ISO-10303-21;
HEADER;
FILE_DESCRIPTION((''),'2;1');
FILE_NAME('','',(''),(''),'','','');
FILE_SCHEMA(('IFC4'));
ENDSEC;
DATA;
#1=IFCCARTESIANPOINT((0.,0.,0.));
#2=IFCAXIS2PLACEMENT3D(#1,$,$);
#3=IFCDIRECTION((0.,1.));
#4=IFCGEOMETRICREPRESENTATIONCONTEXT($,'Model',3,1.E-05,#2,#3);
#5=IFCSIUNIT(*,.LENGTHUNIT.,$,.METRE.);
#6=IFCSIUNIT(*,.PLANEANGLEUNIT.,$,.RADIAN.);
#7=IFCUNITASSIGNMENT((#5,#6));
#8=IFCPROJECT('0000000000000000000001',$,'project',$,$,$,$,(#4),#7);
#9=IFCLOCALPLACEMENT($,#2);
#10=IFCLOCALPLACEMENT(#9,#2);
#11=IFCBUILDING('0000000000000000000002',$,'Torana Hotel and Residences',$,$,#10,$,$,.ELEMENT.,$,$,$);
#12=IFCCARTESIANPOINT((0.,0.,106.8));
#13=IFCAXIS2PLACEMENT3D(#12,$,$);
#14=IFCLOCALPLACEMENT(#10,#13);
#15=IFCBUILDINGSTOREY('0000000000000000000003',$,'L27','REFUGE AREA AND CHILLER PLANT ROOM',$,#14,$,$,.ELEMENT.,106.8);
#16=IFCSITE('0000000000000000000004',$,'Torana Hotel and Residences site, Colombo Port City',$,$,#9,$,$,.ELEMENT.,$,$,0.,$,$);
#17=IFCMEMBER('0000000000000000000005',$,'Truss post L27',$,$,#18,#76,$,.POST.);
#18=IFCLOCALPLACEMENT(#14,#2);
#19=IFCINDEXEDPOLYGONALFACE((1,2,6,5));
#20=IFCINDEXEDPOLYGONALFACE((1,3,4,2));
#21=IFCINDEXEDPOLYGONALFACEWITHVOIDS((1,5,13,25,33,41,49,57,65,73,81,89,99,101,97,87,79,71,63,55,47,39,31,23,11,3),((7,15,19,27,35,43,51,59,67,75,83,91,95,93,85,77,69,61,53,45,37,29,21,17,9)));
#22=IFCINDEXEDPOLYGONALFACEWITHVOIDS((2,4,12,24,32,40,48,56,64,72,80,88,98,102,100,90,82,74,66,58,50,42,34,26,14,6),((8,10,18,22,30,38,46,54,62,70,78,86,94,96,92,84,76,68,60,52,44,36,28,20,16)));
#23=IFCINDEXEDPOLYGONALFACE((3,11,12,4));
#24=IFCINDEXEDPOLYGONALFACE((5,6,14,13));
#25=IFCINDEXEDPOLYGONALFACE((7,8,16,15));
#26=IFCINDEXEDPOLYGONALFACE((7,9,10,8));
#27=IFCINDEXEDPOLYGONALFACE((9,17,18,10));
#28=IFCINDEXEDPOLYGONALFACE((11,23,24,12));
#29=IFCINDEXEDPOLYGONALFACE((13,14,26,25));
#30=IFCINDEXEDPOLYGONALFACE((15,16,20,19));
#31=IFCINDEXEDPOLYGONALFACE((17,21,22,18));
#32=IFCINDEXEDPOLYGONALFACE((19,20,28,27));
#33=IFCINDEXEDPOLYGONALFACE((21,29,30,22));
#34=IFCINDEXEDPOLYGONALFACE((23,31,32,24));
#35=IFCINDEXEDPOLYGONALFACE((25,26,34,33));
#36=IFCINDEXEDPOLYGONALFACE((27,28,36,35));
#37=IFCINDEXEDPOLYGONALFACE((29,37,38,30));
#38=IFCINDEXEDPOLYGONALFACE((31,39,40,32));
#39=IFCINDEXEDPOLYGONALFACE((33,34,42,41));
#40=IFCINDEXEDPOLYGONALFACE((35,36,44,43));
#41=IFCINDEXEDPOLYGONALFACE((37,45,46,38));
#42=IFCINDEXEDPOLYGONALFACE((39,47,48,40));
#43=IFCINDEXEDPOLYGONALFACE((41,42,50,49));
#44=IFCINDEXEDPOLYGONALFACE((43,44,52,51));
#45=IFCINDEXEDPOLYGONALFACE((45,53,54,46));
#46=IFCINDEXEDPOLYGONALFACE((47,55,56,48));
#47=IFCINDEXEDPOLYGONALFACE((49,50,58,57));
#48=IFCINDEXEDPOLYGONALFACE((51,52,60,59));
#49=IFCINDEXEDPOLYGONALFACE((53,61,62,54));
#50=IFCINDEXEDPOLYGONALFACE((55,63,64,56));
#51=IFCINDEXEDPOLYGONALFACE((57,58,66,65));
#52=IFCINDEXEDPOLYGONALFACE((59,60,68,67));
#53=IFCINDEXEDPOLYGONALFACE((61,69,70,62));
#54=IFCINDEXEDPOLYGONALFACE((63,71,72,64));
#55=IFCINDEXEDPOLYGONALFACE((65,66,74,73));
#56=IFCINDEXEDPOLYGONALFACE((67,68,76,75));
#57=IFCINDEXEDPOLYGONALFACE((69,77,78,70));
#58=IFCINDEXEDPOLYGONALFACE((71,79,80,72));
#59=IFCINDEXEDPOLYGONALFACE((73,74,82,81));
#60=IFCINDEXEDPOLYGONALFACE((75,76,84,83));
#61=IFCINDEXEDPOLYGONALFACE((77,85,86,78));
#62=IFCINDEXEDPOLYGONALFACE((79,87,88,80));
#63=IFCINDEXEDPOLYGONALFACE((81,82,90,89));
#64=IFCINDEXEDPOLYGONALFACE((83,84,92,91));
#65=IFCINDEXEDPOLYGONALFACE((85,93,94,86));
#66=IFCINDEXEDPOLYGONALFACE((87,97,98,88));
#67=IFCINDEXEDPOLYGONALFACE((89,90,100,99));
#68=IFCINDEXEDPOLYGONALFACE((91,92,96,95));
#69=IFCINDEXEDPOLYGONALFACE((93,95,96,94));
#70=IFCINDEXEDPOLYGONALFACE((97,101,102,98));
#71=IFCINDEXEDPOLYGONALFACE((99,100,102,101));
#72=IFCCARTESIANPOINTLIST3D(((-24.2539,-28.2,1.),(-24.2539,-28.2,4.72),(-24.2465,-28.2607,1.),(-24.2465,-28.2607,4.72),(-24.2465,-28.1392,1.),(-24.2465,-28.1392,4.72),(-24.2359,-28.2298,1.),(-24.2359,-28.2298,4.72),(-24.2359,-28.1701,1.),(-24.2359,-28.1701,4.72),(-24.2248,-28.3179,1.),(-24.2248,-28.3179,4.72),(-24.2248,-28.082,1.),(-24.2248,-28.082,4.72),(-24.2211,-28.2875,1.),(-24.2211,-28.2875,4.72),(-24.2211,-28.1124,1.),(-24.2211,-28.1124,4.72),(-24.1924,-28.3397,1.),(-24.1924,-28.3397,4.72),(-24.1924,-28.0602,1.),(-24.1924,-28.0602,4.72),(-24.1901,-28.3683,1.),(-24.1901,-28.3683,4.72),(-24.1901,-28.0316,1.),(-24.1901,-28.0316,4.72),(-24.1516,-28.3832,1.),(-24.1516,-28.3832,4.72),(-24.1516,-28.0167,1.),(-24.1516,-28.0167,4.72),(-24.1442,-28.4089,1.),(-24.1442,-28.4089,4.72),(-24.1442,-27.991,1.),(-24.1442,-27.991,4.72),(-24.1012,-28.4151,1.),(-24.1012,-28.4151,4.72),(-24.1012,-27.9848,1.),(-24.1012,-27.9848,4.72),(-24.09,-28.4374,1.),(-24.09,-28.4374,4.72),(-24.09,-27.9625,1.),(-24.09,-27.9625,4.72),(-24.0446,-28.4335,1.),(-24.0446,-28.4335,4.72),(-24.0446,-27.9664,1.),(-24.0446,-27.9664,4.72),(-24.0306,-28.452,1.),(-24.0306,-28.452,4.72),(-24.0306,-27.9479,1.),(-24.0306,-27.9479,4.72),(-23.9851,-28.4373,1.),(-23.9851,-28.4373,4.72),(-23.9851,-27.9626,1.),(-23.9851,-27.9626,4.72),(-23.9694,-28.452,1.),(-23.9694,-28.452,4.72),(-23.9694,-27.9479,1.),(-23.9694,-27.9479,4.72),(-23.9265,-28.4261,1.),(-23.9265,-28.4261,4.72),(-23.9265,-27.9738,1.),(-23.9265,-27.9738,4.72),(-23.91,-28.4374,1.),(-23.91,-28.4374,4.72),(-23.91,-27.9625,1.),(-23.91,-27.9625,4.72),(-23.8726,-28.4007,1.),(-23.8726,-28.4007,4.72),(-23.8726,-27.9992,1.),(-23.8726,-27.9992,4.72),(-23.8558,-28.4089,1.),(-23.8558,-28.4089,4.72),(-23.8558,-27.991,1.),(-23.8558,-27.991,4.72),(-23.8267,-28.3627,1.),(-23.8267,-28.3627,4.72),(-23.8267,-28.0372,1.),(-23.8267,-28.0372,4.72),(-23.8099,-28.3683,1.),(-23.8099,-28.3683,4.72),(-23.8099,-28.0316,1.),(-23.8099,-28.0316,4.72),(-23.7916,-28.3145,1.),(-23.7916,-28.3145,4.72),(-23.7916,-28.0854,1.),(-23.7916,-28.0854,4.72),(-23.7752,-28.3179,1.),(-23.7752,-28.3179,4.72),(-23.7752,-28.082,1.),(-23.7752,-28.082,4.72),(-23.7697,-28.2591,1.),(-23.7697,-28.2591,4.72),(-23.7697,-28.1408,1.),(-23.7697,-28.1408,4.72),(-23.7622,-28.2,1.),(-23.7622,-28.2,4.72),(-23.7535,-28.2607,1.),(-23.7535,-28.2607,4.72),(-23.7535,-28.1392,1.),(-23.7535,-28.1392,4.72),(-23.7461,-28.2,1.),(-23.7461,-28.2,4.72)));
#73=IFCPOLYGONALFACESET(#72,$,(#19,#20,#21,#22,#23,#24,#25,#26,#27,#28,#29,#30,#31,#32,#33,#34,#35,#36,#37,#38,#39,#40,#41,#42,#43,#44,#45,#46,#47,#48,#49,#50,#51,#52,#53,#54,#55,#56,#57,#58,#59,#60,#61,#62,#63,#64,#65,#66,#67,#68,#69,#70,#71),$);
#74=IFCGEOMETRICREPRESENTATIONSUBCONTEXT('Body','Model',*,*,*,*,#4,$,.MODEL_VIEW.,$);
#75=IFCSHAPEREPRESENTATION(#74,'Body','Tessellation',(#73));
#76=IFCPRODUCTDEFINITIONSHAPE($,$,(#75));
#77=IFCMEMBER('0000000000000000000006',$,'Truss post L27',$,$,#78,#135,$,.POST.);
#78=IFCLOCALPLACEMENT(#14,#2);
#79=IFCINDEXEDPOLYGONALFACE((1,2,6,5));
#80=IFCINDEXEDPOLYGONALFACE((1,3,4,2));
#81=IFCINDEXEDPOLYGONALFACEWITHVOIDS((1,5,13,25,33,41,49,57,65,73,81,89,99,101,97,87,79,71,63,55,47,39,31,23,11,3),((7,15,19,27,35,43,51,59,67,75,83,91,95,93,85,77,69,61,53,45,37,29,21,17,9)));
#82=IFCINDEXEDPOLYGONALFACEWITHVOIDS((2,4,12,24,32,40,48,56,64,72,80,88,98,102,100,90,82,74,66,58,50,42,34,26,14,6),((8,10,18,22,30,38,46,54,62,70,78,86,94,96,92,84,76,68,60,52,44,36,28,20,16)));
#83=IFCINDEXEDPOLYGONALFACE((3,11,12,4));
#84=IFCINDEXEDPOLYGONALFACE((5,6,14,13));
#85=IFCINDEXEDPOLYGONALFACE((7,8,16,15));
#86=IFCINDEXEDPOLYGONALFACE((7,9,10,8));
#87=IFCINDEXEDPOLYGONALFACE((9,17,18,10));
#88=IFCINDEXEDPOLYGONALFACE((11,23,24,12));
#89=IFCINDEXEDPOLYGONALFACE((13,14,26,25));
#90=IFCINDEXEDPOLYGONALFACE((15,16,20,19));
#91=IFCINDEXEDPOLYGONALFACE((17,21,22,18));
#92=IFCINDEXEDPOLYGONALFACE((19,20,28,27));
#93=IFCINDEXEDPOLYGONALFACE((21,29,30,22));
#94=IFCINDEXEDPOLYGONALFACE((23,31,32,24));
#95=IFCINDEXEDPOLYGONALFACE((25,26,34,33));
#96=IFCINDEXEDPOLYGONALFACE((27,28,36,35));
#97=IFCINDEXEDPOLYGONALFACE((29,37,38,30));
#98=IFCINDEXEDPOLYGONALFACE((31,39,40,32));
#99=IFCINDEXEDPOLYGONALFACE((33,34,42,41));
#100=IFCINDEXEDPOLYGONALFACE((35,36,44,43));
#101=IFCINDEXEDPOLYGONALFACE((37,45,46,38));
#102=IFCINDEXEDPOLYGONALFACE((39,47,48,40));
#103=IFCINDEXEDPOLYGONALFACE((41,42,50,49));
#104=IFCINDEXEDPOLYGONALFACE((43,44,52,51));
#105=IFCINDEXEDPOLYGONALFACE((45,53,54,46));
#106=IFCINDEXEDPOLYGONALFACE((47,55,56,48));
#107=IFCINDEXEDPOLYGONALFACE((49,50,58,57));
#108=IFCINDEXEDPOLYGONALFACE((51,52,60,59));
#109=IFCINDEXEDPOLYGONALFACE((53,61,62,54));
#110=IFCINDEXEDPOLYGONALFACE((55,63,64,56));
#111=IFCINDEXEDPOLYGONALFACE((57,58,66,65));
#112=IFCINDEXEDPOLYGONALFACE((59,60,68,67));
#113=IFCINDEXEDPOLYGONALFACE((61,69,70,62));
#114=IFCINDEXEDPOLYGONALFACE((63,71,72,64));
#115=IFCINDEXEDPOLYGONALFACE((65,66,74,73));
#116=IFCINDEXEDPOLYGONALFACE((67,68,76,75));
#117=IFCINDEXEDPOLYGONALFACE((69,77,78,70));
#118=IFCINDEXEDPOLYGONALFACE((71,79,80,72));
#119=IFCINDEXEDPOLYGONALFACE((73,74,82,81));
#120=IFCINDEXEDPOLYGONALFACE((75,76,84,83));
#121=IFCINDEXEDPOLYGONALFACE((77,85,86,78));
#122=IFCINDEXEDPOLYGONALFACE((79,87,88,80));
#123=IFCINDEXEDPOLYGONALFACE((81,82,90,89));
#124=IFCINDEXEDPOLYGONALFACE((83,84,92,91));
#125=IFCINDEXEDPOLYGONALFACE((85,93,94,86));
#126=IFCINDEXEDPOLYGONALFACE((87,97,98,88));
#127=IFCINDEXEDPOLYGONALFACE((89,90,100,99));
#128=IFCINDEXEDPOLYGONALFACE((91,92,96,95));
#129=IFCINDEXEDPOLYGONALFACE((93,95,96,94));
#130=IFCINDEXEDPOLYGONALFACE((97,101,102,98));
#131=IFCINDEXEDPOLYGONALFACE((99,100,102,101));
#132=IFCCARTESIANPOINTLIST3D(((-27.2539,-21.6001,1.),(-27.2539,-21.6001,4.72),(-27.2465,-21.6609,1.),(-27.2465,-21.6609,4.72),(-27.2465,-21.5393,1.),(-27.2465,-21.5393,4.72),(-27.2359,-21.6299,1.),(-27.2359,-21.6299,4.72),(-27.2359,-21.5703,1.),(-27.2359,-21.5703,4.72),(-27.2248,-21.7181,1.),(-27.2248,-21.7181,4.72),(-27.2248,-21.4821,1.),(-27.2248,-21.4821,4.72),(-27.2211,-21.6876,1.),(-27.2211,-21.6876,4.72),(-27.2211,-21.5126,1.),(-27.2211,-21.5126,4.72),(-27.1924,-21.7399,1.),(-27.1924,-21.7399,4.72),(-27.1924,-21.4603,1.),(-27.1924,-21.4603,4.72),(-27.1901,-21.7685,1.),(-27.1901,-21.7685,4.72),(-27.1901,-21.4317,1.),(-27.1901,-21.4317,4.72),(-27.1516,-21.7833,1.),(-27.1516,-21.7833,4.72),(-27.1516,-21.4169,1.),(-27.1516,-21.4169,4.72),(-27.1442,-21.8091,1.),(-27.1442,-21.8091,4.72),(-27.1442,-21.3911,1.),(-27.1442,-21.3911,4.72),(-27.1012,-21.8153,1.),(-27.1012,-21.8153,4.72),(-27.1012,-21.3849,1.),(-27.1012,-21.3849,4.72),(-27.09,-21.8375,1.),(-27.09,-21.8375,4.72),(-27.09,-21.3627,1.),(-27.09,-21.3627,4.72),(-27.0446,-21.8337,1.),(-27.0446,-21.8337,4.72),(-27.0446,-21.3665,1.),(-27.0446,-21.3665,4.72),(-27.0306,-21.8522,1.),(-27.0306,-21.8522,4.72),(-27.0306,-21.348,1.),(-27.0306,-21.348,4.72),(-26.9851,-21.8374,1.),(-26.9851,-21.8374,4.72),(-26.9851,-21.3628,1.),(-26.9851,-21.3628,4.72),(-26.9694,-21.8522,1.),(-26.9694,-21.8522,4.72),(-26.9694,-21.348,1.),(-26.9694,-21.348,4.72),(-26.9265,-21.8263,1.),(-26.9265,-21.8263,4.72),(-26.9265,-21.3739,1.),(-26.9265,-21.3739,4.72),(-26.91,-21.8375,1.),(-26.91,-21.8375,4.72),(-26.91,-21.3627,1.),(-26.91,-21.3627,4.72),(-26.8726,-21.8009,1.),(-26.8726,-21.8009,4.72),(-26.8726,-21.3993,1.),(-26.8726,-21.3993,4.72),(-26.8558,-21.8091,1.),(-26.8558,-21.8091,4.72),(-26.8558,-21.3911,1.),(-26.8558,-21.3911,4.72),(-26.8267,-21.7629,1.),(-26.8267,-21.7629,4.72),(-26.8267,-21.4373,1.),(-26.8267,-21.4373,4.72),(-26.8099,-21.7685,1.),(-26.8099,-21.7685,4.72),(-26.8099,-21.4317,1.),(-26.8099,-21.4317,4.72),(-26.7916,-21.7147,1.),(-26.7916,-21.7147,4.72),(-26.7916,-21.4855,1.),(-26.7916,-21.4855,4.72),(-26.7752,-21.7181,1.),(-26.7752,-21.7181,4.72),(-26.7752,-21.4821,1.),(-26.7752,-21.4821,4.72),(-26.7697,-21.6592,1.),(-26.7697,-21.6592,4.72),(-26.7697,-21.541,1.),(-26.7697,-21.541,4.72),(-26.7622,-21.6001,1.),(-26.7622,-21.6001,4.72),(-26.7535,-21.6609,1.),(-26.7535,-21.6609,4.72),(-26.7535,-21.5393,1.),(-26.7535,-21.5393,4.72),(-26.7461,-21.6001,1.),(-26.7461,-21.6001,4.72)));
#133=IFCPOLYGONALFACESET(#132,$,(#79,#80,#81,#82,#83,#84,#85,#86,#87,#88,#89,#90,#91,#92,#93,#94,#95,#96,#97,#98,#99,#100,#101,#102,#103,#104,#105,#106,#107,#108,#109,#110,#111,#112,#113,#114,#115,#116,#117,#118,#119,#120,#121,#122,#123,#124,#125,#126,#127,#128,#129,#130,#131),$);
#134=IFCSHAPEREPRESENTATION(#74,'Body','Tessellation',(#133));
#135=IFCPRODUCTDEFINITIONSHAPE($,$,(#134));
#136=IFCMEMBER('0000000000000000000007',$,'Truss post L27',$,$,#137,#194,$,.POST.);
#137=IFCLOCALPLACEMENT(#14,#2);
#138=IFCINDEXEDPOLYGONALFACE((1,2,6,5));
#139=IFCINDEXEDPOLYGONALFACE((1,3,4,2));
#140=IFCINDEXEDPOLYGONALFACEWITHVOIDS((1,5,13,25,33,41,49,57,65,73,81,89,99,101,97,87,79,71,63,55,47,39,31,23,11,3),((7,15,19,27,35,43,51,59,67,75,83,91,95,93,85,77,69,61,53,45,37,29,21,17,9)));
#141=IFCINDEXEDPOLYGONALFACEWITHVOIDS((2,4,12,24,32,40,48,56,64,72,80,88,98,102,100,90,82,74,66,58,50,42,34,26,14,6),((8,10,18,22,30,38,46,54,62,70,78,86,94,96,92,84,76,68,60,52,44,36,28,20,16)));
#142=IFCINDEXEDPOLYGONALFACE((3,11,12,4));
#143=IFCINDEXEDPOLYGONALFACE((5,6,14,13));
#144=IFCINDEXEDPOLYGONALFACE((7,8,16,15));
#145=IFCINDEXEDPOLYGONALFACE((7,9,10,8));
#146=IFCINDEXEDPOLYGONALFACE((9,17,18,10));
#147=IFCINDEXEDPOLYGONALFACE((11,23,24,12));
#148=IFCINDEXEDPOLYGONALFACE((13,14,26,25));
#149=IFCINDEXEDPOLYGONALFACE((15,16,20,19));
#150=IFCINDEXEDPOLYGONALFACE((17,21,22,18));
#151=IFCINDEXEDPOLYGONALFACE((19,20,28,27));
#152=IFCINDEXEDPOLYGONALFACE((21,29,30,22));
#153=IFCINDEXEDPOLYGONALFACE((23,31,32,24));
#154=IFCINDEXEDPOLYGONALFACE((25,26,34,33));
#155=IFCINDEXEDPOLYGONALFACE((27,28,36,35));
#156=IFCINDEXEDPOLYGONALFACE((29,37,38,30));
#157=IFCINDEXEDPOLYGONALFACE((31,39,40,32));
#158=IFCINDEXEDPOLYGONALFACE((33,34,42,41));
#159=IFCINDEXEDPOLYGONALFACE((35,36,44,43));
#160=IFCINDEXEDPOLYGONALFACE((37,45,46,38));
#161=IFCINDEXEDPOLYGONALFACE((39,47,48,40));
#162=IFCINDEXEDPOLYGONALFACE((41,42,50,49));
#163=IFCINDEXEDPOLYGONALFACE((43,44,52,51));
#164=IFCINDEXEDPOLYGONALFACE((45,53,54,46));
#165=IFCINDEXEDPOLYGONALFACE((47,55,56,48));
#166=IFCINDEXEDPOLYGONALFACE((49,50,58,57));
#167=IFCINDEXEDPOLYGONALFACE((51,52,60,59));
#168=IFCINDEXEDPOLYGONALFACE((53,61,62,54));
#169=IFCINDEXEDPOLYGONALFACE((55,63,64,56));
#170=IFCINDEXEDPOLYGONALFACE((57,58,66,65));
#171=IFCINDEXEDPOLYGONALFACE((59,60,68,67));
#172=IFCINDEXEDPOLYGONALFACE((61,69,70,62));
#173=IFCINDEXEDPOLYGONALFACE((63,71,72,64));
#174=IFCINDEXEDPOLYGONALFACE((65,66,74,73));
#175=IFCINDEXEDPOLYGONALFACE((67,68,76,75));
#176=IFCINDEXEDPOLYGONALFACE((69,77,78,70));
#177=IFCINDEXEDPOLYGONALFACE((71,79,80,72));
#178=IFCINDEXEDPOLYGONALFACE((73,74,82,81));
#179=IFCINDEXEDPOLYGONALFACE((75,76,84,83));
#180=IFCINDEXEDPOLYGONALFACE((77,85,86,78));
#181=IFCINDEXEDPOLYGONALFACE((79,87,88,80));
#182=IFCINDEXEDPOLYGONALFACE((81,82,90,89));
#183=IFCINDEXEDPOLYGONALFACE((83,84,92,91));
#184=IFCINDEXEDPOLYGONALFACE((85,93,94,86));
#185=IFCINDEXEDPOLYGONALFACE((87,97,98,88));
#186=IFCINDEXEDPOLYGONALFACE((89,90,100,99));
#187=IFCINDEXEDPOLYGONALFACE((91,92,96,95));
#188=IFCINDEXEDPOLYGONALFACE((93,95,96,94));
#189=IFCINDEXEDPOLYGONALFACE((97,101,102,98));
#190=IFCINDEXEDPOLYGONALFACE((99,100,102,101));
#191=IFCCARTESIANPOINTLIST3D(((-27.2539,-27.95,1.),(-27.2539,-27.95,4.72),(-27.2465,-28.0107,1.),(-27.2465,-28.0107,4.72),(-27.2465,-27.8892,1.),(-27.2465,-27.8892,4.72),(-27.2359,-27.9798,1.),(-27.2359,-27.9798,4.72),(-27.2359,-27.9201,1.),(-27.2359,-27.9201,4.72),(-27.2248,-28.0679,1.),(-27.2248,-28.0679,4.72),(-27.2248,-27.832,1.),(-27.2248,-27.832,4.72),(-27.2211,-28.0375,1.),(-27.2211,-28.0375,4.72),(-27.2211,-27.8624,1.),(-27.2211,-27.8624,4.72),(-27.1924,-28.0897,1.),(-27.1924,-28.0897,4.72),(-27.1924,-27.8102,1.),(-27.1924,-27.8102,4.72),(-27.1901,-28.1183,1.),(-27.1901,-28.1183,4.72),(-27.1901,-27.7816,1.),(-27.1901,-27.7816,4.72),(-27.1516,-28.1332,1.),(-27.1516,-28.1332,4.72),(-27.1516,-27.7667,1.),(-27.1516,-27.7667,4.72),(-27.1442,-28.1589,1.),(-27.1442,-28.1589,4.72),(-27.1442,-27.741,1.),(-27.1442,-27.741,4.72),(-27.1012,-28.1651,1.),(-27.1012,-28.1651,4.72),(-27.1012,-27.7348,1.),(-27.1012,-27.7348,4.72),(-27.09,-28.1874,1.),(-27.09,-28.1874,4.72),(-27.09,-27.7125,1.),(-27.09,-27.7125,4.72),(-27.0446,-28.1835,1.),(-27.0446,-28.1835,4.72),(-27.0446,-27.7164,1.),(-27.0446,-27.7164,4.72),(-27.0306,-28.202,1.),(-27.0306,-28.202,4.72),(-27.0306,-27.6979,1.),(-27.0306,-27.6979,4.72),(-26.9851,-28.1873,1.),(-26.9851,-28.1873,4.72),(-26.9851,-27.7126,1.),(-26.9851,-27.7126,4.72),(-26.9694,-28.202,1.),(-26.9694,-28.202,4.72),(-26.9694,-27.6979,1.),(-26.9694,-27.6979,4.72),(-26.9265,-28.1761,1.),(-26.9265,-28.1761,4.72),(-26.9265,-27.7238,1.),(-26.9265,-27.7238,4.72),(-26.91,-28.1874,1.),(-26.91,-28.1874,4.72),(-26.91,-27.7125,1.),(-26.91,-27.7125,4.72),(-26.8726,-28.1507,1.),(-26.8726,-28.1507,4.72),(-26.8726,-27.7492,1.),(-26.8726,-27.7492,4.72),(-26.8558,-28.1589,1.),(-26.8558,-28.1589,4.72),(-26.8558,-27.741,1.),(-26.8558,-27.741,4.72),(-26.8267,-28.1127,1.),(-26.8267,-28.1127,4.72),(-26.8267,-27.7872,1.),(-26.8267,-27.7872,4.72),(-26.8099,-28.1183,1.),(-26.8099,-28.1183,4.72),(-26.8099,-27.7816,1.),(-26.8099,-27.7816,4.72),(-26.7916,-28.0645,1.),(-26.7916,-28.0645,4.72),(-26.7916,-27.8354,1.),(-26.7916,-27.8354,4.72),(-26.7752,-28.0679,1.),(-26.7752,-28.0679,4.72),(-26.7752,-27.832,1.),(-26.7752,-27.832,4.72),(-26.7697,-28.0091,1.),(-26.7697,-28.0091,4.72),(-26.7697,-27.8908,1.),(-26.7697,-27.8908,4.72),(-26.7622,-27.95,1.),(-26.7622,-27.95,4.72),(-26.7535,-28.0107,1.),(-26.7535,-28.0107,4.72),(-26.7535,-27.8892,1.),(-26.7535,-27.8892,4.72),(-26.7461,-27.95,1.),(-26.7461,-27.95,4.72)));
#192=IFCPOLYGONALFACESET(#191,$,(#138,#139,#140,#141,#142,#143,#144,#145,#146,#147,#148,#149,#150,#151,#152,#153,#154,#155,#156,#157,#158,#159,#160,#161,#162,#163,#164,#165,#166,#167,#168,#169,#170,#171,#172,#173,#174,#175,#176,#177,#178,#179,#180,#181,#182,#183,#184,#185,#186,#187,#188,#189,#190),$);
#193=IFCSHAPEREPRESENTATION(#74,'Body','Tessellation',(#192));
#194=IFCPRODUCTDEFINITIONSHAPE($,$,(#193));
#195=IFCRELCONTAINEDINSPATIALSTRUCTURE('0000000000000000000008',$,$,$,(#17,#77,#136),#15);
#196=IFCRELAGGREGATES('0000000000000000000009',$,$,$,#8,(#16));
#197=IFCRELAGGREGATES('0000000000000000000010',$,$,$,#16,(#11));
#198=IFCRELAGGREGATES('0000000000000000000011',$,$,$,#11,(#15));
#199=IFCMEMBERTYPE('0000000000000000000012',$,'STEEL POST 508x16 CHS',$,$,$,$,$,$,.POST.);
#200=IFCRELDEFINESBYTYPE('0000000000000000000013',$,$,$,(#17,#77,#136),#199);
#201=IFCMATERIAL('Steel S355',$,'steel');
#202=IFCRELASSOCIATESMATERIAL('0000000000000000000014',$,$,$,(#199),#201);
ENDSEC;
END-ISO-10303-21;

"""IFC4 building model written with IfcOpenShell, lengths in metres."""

from ifc_helpers import new_model, si_unit, direction, frame, origin, origin_2d, place, context, subcontext, project, spatial, hollow_circle, extrude, material, material_profile, profile_set, type_object, element, save


model = new_model("IFC4")

# Units and contexts
model_context = context("Model", 3, precision=1e-05, world=origin(), true_north=direction((0.0, 1.0)))
body_context = subcontext(model_context, "Body", "Model", "MODEL_VIEW")
ifc_project = project(units=[si_unit("LENGTHUNIT", "METRE"), si_unit("PLANEANGLEUNIT", "RADIAN")], contexts=[model_context])

# Site, building, storey
site_placement = place(None, origin())
site = spatial("IfcSite", under=ifc_project, at=site_placement, Name="Torana Hotel and Residences site, Colombo Port City", CompositionType="ELEMENT", RefElevation=0.0)
building_placement = place(site_placement, origin())
building = spatial("IfcBuilding", under=site, at=building_placement, Name="Torana Hotel and Residences", CompositionType="ELEMENT")
storey_placement = place(building_placement, frame((0.0, 0.0, 106.8)))
storey = spatial("IfcBuildingStorey", under=building, at=storey_placement, Name="L27", Description="REFUGE AREA AND CHILLER PLANT ROOM", CompositionType="ELEMENT", Elevation=106.8)

# Members
ifc_material_1 = material(Name="Steel S355", Category="steel")
ifc_material_profile_1 = material_profile(ifc_material_1, hollow_circle(Radius=0.2539, WallThickness=0.0161, at=origin_2d()), Name="508x16 CHS")
ifc_profile_set_1 = profile_set([ifc_material_profile_1], Name="Steel S355")
member_type_1 = type_object("IfcMemberType", Name="STEEL POST 508x16 CHS", PredefinedType="POST", material=ifc_profile_set_1)
for number, where, z_axis, x_axis, name in (
    (1, (-24.0, -28.2, 1.0), (0.0, 0.0, 1.0), (1.0, 0.0, 0.0), "Truss post L27"),
    (2, (-27.0, -21.6001, 1.0), (0.0, 0.0, 1.0), (1.0, 0.0, 0.0), "Truss post L27"),
    (3, (-27.0, -27.95, 1.0), (0.0, 0.0, 1.0), (1.0, 0.0, 0.0), "Truss post L27"),
):
    element("IfcMember", number, at=place(storey_placement, frame(where, z_axis=z_axis, x_axis=x_axis)), inside=storey, type_object=member_type_1, Name=name, PredefinedType="POST", context=body_context, shape_type="SweptSolid", body=[
        extrude(hollow_circle(Radius=0.2539, WallThickness=0.0161, at=origin_2d()), origin(), (0.0, 0.0, 1.0), 3.72),
    ])

save(model, "model.ifc")
